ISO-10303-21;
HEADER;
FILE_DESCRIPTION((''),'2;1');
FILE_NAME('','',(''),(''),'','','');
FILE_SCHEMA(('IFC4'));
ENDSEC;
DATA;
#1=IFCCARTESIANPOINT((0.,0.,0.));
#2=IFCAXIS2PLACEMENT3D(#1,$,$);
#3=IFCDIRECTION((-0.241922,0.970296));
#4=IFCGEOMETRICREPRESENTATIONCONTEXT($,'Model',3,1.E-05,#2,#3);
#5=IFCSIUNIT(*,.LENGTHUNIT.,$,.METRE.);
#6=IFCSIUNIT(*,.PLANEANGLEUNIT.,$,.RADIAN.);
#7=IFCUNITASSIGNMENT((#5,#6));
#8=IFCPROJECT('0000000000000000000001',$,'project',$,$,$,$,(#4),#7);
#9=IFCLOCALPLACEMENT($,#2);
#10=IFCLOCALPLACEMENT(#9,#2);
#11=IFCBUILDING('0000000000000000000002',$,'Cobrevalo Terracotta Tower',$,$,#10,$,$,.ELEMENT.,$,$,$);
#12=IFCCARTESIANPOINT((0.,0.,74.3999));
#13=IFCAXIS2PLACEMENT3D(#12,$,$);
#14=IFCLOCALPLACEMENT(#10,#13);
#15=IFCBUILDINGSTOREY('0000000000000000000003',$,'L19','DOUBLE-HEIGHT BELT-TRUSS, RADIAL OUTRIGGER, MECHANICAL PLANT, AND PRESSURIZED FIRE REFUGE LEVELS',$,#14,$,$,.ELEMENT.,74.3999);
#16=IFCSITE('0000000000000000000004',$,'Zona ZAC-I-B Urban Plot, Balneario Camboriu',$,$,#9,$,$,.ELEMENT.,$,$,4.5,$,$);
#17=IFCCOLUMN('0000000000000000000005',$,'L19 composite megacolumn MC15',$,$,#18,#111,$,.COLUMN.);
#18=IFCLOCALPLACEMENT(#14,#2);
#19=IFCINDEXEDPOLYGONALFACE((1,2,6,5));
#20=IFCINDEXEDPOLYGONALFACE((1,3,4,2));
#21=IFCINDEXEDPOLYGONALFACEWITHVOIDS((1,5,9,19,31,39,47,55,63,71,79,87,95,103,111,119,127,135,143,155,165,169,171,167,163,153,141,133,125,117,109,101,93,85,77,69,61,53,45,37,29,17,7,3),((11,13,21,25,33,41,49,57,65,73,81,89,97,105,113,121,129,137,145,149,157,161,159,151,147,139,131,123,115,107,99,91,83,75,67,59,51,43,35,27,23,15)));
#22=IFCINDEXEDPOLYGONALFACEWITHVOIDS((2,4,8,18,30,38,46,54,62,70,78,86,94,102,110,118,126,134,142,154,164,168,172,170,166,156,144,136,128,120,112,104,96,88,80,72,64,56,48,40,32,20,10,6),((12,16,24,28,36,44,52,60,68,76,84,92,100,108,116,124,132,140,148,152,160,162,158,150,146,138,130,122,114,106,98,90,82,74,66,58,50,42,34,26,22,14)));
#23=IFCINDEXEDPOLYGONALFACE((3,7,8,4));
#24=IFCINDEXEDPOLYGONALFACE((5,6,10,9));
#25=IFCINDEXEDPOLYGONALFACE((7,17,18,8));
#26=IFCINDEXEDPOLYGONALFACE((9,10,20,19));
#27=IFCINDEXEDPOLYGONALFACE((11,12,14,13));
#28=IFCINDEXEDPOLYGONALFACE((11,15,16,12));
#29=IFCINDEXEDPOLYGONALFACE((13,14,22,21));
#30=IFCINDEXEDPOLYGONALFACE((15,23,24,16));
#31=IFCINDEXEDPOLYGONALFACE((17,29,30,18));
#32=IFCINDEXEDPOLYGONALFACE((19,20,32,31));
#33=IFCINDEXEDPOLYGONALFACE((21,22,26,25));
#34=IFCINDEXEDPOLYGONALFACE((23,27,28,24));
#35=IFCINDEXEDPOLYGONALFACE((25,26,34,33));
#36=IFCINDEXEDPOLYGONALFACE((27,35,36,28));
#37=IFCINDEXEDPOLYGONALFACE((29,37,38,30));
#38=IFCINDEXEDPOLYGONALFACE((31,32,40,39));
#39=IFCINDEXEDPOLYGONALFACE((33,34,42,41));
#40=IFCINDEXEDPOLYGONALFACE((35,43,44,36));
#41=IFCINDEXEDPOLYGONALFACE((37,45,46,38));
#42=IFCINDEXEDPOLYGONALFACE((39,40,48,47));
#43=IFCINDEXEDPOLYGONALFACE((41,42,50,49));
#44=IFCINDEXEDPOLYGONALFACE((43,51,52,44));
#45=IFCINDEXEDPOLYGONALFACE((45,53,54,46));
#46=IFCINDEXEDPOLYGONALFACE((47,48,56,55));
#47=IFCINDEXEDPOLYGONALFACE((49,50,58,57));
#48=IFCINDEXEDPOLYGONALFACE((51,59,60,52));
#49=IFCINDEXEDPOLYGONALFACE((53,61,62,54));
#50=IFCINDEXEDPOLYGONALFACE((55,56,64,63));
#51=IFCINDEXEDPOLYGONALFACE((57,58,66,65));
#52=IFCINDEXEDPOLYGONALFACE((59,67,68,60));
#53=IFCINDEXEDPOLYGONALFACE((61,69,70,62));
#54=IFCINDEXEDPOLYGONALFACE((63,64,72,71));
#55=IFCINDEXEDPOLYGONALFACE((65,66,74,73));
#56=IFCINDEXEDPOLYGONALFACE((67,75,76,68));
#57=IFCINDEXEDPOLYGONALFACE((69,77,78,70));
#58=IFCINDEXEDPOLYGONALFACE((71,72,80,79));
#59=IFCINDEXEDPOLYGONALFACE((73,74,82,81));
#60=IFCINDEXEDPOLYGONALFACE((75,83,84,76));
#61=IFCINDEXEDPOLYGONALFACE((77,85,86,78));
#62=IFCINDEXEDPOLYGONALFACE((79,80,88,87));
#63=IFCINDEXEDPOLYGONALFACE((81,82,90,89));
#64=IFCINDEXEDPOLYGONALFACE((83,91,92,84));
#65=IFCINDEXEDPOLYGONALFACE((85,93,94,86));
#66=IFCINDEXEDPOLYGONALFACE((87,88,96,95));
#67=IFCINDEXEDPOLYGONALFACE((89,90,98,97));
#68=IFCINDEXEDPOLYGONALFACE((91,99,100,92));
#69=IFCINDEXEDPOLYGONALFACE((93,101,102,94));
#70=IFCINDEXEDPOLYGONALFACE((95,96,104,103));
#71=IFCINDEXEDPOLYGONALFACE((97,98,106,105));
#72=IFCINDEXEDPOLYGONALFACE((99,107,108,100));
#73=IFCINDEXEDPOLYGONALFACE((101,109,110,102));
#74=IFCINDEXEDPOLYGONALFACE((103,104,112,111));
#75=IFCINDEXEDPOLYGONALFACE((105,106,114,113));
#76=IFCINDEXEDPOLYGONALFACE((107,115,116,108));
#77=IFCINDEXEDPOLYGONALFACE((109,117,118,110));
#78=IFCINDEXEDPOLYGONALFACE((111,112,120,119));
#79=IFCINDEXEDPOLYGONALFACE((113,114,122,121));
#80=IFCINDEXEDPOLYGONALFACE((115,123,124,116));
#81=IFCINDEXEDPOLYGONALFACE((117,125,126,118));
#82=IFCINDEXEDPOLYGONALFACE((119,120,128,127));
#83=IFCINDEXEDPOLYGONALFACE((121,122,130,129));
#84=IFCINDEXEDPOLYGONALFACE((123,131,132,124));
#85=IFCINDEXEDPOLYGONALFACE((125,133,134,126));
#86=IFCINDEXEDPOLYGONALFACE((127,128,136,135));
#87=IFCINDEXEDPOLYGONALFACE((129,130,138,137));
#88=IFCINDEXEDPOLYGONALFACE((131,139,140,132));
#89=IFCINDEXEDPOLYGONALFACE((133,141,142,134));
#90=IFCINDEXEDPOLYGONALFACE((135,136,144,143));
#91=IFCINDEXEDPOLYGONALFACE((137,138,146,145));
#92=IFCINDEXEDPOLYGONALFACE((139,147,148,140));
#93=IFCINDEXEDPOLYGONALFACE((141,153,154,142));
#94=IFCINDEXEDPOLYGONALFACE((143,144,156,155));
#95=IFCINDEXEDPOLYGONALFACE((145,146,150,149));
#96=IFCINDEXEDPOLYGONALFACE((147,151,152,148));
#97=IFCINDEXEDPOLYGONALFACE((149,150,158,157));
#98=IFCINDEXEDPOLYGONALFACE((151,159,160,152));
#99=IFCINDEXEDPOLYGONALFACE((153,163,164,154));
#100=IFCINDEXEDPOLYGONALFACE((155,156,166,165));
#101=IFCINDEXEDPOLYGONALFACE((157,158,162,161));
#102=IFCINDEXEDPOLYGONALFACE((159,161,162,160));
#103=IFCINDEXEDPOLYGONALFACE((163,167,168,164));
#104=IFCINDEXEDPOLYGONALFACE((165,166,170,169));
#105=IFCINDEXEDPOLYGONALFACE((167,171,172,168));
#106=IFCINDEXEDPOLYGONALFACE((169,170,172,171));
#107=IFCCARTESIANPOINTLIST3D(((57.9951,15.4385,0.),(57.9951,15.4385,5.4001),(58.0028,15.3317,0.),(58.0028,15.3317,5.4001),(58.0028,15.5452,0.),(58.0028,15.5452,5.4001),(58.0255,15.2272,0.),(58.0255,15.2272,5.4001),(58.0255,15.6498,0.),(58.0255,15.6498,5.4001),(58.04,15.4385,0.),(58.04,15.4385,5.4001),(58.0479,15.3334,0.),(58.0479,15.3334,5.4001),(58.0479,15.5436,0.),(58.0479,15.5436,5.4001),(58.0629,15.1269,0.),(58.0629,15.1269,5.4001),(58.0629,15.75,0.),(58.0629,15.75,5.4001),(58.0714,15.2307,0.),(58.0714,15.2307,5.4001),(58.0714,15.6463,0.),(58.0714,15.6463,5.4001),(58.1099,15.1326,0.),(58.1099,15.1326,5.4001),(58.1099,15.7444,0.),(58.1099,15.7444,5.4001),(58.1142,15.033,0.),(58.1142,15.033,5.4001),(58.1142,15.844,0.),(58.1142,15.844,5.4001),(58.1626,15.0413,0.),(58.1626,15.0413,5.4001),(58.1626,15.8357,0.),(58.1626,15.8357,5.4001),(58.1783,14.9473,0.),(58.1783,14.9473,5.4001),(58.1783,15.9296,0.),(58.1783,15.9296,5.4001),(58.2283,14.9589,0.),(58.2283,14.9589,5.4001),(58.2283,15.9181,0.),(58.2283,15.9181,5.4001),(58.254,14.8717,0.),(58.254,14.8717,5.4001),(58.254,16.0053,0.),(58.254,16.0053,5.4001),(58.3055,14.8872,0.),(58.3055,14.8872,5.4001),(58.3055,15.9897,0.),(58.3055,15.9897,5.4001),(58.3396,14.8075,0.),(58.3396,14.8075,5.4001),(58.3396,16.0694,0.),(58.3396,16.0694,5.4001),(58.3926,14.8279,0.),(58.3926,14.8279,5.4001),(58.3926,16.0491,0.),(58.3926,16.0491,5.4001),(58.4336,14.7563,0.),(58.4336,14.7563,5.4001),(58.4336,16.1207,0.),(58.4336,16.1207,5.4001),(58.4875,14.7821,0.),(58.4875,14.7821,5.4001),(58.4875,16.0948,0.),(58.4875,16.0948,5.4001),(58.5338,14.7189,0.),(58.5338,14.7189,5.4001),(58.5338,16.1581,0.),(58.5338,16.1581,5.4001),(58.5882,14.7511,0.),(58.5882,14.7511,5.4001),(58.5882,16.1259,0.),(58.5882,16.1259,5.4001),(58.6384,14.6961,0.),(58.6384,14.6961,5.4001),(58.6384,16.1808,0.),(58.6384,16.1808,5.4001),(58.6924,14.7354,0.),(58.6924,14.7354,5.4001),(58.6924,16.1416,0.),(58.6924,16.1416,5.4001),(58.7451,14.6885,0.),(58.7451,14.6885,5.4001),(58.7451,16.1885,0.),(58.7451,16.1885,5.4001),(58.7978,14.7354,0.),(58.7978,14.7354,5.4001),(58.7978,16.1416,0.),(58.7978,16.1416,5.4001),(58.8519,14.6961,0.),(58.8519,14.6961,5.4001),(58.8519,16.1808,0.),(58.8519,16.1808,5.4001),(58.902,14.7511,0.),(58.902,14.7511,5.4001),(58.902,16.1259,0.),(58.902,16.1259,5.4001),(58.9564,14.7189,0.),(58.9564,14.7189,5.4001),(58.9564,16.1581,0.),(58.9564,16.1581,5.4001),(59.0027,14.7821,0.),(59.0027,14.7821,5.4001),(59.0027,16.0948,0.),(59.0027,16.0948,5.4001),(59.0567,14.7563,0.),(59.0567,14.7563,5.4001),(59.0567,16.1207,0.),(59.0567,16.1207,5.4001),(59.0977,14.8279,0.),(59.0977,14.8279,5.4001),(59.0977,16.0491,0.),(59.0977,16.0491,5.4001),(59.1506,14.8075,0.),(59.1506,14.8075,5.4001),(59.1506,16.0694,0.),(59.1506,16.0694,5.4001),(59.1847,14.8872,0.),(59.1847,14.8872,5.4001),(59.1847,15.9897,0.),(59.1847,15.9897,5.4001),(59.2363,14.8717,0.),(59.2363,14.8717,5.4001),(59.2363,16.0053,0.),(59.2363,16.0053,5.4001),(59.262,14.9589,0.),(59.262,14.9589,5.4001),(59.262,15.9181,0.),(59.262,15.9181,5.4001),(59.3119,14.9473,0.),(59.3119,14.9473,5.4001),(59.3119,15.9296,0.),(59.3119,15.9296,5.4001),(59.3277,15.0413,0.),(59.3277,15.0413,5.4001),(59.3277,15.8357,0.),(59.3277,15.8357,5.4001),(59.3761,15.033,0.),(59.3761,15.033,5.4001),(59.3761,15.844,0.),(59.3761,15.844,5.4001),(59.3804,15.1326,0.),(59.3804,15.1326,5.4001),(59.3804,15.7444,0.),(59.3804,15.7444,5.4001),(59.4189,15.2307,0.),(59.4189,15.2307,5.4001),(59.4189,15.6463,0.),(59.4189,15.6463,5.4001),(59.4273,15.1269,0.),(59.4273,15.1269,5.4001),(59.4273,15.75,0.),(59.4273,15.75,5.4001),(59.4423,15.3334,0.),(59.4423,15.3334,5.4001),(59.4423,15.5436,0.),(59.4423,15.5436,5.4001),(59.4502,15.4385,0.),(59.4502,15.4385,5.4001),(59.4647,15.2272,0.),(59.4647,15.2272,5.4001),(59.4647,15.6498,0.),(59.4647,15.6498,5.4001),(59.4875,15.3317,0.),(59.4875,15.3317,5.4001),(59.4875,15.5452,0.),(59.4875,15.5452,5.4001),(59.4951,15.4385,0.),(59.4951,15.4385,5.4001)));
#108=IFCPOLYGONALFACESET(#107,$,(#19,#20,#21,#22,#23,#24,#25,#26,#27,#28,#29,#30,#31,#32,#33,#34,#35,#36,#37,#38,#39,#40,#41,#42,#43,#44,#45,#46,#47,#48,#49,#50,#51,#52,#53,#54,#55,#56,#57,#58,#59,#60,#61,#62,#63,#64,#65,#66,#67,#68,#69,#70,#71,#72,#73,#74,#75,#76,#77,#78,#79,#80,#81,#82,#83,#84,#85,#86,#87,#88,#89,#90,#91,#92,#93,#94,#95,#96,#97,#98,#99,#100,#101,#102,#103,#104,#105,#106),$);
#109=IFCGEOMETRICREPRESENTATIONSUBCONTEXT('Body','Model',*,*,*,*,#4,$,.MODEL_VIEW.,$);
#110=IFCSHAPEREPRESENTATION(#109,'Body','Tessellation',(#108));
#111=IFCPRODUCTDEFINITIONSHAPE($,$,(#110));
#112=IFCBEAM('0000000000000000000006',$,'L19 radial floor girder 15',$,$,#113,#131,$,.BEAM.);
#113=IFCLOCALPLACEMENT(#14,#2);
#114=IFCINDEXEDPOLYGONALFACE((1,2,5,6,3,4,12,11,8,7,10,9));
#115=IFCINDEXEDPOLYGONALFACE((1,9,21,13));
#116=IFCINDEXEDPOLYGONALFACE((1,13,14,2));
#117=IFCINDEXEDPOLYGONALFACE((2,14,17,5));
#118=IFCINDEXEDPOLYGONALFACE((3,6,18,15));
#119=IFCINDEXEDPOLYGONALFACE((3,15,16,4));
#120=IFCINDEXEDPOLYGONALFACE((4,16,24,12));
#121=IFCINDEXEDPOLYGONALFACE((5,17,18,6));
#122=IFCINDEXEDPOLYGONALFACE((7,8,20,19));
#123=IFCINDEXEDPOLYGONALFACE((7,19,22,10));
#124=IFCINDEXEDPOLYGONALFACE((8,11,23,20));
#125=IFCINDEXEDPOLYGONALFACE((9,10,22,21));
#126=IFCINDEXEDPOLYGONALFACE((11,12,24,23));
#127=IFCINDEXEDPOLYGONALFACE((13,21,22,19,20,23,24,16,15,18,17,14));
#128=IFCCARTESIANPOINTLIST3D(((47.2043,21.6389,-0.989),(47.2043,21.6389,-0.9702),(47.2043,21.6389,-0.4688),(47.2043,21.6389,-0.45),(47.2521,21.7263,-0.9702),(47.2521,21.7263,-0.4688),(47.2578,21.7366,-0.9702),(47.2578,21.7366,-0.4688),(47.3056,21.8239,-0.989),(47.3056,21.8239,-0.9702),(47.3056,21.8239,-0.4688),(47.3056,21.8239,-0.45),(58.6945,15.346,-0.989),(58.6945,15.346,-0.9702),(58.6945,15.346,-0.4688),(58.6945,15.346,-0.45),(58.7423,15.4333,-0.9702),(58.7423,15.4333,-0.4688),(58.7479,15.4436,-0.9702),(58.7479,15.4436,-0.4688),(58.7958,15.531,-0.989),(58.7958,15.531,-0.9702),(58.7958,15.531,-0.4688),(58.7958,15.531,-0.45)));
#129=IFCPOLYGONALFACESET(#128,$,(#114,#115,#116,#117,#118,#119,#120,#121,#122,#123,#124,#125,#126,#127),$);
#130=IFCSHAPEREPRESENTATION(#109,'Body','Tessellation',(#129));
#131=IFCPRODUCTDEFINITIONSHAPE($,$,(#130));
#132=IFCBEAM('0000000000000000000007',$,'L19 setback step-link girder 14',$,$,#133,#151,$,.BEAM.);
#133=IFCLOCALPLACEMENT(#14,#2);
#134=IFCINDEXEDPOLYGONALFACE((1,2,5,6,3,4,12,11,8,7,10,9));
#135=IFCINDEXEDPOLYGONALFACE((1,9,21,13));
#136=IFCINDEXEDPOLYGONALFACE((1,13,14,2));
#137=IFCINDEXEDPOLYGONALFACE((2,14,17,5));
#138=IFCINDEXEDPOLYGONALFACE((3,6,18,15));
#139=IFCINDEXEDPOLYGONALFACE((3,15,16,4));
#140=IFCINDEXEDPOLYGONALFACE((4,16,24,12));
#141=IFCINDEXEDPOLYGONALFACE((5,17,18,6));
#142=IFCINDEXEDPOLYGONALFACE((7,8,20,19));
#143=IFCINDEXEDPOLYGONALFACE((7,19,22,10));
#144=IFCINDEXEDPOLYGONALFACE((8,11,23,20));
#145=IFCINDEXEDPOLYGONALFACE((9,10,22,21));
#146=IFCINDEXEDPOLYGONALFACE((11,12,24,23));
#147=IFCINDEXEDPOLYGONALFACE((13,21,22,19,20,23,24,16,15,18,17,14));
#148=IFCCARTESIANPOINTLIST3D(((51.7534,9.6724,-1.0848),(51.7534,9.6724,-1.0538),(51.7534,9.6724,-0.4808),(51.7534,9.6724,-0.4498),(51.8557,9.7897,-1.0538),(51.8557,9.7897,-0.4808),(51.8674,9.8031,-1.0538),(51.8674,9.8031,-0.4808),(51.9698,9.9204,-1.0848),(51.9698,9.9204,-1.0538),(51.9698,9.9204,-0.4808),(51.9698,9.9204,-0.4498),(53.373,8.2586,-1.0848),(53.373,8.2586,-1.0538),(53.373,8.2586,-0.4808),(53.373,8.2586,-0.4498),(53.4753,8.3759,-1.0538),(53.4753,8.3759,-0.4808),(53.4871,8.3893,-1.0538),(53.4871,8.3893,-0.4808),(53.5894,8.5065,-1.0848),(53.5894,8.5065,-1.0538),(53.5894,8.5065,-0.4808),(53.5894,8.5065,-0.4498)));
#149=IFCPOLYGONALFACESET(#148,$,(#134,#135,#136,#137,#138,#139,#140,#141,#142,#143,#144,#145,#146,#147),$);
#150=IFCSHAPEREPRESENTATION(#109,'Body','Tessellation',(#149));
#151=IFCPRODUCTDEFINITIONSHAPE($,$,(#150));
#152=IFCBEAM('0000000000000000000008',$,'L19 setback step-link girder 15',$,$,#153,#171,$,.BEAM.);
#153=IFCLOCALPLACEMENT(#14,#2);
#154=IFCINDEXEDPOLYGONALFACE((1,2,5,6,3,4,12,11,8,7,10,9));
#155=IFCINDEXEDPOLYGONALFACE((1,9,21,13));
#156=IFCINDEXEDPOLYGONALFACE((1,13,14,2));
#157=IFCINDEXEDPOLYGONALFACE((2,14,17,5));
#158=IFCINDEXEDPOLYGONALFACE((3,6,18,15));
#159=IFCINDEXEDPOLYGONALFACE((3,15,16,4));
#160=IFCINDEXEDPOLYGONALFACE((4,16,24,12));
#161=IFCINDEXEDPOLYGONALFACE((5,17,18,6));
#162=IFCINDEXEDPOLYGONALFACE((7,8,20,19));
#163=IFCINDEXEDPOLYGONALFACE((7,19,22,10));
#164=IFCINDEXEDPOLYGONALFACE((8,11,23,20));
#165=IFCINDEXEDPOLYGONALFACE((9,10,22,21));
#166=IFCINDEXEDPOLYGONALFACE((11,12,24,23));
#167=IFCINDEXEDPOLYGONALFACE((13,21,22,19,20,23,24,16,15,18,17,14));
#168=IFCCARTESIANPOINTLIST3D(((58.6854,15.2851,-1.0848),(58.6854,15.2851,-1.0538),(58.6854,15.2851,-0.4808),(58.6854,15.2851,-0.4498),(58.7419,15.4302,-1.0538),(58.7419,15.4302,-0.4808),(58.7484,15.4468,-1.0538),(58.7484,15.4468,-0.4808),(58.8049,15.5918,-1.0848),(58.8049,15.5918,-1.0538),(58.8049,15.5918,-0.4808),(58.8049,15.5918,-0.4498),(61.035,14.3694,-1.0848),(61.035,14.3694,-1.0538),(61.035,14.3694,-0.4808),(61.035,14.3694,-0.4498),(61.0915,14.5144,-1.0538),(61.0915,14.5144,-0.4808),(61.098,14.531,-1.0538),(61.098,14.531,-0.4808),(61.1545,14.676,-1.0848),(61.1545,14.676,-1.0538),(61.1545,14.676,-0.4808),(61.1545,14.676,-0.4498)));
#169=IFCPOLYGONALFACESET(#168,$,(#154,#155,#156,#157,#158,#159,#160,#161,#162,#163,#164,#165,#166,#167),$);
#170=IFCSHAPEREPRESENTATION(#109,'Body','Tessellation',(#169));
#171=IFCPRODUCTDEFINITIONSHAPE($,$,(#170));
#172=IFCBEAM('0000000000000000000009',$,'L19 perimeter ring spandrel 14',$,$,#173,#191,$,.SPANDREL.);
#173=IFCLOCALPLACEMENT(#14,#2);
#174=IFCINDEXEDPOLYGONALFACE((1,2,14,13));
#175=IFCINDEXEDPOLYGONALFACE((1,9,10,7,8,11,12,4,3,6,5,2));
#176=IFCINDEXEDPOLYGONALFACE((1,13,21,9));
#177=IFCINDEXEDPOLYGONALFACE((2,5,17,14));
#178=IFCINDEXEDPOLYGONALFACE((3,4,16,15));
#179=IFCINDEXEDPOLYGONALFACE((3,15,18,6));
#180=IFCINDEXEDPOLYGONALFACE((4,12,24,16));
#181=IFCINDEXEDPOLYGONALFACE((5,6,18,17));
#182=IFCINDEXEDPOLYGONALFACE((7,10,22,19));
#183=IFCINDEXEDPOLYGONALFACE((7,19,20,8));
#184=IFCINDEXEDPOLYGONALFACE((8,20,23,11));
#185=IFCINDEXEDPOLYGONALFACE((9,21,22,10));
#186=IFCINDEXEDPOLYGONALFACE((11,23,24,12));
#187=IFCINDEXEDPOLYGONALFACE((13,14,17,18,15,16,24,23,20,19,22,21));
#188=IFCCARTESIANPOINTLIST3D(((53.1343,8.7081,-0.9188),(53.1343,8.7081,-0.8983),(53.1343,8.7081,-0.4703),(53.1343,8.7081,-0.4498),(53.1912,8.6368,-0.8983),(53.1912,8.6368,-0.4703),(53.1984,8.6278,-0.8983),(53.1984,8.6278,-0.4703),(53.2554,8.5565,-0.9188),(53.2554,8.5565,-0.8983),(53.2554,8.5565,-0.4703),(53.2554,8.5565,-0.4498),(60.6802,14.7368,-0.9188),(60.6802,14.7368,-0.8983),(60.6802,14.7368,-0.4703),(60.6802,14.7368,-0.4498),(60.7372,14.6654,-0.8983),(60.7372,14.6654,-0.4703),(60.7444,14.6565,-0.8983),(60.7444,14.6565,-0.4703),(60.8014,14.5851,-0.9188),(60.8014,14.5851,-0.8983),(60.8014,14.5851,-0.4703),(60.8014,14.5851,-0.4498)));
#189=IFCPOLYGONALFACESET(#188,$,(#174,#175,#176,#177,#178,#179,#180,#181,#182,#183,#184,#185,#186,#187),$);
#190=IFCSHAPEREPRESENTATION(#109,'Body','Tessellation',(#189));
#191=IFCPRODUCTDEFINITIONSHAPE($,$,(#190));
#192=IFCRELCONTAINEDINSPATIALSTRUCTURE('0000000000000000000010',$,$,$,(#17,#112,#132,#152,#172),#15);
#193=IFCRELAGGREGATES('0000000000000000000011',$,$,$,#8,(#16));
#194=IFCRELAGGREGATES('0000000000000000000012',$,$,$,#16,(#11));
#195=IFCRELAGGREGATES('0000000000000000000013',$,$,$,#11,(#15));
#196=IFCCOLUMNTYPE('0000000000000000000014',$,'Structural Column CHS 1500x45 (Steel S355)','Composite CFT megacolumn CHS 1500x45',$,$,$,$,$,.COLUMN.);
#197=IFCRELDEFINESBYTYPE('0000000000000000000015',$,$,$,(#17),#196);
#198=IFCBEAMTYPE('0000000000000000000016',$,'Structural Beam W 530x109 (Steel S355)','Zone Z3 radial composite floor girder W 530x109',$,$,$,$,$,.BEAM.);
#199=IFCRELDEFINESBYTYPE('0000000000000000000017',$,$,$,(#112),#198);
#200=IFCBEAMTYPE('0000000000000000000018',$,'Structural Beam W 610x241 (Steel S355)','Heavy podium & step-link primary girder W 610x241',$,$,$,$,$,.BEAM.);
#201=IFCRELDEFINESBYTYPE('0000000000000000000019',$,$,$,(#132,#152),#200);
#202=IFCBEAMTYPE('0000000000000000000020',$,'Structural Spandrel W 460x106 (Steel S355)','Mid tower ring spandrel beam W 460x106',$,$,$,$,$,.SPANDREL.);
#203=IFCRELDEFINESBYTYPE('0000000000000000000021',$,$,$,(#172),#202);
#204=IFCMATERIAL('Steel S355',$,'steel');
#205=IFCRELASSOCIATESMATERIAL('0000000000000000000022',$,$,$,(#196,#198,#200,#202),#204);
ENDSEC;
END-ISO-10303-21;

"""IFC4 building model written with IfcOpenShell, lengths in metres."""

from ifc_helpers import new_model, si_unit, direction, frame, origin, origin_2d, place, context, subcontext, project, spatial, hollow_circle, i_section, extrude, material, material_profile, profile_set, type_object, element, save


model = new_model("IFC4")

# Units and contexts
model_context = context("Model", 3, precision=1e-05, world=origin(), true_north=direction((-0.241922, 0.970296)))
body_context = subcontext(model_context, "Body", "Model", "MODEL_VIEW")
ifc_project = project(units=[si_unit("LENGTHUNIT", "METRE"), si_unit("PLANEANGLEUNIT", "RADIAN")], contexts=[model_context])

# Site, building, storey
site_placement = place(None, origin())
site = spatial("IfcSite", under=ifc_project, at=site_placement, Name="Zona ZAC-I-B Urban Plot, Balneario Camboriu", CompositionType="ELEMENT", RefElevation=4.5)
building_placement = place(site_placement, origin())
building = spatial("IfcBuilding", under=site, at=building_placement, Name="Cobrevalo Terracotta Tower", CompositionType="ELEMENT")
storey_placement = place(building_placement, frame((0.0, 0.0, 74.3999)))
storey = spatial("IfcBuildingStorey", under=building, at=storey_placement, Name="L19", Description="DOUBLE-HEIGHT BELT-TRUSS, RADIAL OUTRIGGER, MECHANICAL PLANT, AND PRESSURIZED FIRE REFUGE LEVELS", CompositionType="ELEMENT", Elevation=74.3999)

# Column
ifc_material_1 = material(Name="Steel S355", Category="steel")
ifc_material_profile_1 = material_profile(ifc_material_1, hollow_circle(Radius=0.75, WallThickness=0.0449, at=origin_2d()), Name="CHS 1500x45")
ifc_profile_set_1 = profile_set([ifc_material_profile_1], Name="Steel S355")
column_type = type_object("IfcColumnType", Name="Structural Column CHS 1500x45 (Steel S355)", Description="Composite CFT megacolumn CHS 1500x45", PredefinedType="COLUMN", material=ifc_profile_set_1)
column_placement = place(storey_placement, frame((58.7451, 15.4385, 0.0), z_axis=(0.0, 0.0, 1.0), x_axis=(1.0, 0.0, 0.0)))
element("IfcColumn", 1, at=column_placement, inside=storey, type_object=column_type, Name="L19 composite megacolumn MC15", PredefinedType="COLUMN", context=body_context, shape_type="SweptSolid", body=[
    extrude(hollow_circle(Radius=0.75, WallThickness=0.0449, at=origin_2d()), origin(), (0.0, 0.0, 1.0), 5.4001),
])

# Beams
ifc_material_profile_2 = material_profile(ifc_material_1, i_section(OverallWidth=0.2109, OverallDepth=0.5391, WebThickness=0.0117, FlangeThickness=0.0188, at=origin_2d()), Name="W 530x109")
ifc_profile_set_2 = profile_set([ifc_material_profile_2], Name="Steel S355")
beam_type_1 = type_object("IfcBeamType", Name="Structural Beam W 530x109 (Steel S355)", Description="Zone Z3 radial composite floor girder W 530x109", PredefinedType="BEAM", material=ifc_profile_set_2)
beam_1_placement = place(storey_placement, frame((58.7451, 15.4385, -0.7195), z_axis=(-0.877074, 0.480356, 0.0), x_axis=(-0.480356, -0.877074, 0.0)))
element("IfcBeam", 2, at=beam_1_placement, inside=storey, type_object=beam_type_1, Name="L19 radial floor girder 15", PredefinedType="BEAM", context=body_context, shape_type="SweptSolid", body=[
    extrude(i_section(OverallWidth=0.2109, OverallDepth=0.5391, WebThickness=0.0117, FlangeThickness=0.0188, at=origin_2d()), origin(), (0.0, 0.0, 1.0), 13.1006),
])
ifc_material_profile_3 = material_profile(ifc_material_1, i_section(OverallWidth=0.3291, OverallDepth=0.635, WebThickness=0.0178, FlangeThickness=0.031, at=origin_2d()), Name="W 610x241")
ifc_profile_set_3 = profile_set([ifc_material_profile_3], Name="Steel S355")
beam_type_2 = type_object("IfcBeamType", Name="Structural Beam W 610x241 (Steel S355)", Description="Heavy podium & step-link primary girder W 610x241", PredefinedType="BEAM", material=ifc_profile_set_3)
beam_2_placement = place(storey_placement, frame((53.4812, 8.3826, -0.7673), z_axis=(-0.75335, 0.65762, 0.0), x_axis=(-0.65762, -0.75335, 0.0)))
element("IfcBeam", 3, at=beam_2_placement, inside=storey, type_object=beam_type_2, Name="L19 setback step-link girder 14", PredefinedType="BEAM", context=body_context, shape_type="SweptSolid", body=[
    extrude(i_section(OverallWidth=0.3291, OverallDepth=0.635, WebThickness=0.0178, FlangeThickness=0.031, at=origin_2d()), origin(), (0.0, 0.0, 1.0), 2.1499),
])
beam_3_placement = place(storey_placement, frame((61.0947, 14.5227, -0.7673), z_axis=(-0.931732, 0.363147, 0.0), x_axis=(-0.363147, -0.931732, 0.0)))
element("IfcBeam", 4, at=beam_3_placement, inside=storey, type_object=beam_type_2, Name="L19 setback step-link girder 15", PredefinedType="BEAM", context=body_context, shape_type="SweptSolid", body=[
    extrude(i_section(OverallWidth=0.3291, OverallDepth=0.635, WebThickness=0.0178, FlangeThickness=0.031, at=origin_2d()), origin(), (0.0, 0.0, 1.0), 2.5217),
])
ifc_material_profile_4 = material_profile(ifc_material_1, i_section(OverallWidth=0.1941, OverallDepth=0.469, WebThickness=0.0115, FlangeThickness=0.0205, at=origin_2d()), Name="W 460x106")
ifc_profile_set_4 = profile_set([ifc_material_profile_4], Name="Steel S355")
beam_type_3 = type_object("IfcBeamType", Name="Structural Spandrel W 460x106 (Steel S355)", Description="Mid tower ring spandrel beam W 460x106", PredefinedType="SPANDREL", material=ifc_profile_set_4)
beam_4_placement = place(storey_placement, frame((53.1948, 8.6323, -0.6843), z_axis=(0.78128, 0.62418, 0.0), x_axis=(-0.62418, 0.78128, 0.0)))
element("IfcBeam", 5, at=beam_4_placement, inside=storey, type_object=beam_type_3, Name="L19 perimeter ring spandrel 14", PredefinedType="SPANDREL", context=body_context, shape_type="SweptSolid", body=[
    extrude(i_section(OverallWidth=0.1941, OverallDepth=0.469, WebThickness=0.0115, FlangeThickness=0.0205, at=origin_2d()), origin(), (0.0, 0.0, 1.0), 9.6584),
])

save(model, "model.ifc")
